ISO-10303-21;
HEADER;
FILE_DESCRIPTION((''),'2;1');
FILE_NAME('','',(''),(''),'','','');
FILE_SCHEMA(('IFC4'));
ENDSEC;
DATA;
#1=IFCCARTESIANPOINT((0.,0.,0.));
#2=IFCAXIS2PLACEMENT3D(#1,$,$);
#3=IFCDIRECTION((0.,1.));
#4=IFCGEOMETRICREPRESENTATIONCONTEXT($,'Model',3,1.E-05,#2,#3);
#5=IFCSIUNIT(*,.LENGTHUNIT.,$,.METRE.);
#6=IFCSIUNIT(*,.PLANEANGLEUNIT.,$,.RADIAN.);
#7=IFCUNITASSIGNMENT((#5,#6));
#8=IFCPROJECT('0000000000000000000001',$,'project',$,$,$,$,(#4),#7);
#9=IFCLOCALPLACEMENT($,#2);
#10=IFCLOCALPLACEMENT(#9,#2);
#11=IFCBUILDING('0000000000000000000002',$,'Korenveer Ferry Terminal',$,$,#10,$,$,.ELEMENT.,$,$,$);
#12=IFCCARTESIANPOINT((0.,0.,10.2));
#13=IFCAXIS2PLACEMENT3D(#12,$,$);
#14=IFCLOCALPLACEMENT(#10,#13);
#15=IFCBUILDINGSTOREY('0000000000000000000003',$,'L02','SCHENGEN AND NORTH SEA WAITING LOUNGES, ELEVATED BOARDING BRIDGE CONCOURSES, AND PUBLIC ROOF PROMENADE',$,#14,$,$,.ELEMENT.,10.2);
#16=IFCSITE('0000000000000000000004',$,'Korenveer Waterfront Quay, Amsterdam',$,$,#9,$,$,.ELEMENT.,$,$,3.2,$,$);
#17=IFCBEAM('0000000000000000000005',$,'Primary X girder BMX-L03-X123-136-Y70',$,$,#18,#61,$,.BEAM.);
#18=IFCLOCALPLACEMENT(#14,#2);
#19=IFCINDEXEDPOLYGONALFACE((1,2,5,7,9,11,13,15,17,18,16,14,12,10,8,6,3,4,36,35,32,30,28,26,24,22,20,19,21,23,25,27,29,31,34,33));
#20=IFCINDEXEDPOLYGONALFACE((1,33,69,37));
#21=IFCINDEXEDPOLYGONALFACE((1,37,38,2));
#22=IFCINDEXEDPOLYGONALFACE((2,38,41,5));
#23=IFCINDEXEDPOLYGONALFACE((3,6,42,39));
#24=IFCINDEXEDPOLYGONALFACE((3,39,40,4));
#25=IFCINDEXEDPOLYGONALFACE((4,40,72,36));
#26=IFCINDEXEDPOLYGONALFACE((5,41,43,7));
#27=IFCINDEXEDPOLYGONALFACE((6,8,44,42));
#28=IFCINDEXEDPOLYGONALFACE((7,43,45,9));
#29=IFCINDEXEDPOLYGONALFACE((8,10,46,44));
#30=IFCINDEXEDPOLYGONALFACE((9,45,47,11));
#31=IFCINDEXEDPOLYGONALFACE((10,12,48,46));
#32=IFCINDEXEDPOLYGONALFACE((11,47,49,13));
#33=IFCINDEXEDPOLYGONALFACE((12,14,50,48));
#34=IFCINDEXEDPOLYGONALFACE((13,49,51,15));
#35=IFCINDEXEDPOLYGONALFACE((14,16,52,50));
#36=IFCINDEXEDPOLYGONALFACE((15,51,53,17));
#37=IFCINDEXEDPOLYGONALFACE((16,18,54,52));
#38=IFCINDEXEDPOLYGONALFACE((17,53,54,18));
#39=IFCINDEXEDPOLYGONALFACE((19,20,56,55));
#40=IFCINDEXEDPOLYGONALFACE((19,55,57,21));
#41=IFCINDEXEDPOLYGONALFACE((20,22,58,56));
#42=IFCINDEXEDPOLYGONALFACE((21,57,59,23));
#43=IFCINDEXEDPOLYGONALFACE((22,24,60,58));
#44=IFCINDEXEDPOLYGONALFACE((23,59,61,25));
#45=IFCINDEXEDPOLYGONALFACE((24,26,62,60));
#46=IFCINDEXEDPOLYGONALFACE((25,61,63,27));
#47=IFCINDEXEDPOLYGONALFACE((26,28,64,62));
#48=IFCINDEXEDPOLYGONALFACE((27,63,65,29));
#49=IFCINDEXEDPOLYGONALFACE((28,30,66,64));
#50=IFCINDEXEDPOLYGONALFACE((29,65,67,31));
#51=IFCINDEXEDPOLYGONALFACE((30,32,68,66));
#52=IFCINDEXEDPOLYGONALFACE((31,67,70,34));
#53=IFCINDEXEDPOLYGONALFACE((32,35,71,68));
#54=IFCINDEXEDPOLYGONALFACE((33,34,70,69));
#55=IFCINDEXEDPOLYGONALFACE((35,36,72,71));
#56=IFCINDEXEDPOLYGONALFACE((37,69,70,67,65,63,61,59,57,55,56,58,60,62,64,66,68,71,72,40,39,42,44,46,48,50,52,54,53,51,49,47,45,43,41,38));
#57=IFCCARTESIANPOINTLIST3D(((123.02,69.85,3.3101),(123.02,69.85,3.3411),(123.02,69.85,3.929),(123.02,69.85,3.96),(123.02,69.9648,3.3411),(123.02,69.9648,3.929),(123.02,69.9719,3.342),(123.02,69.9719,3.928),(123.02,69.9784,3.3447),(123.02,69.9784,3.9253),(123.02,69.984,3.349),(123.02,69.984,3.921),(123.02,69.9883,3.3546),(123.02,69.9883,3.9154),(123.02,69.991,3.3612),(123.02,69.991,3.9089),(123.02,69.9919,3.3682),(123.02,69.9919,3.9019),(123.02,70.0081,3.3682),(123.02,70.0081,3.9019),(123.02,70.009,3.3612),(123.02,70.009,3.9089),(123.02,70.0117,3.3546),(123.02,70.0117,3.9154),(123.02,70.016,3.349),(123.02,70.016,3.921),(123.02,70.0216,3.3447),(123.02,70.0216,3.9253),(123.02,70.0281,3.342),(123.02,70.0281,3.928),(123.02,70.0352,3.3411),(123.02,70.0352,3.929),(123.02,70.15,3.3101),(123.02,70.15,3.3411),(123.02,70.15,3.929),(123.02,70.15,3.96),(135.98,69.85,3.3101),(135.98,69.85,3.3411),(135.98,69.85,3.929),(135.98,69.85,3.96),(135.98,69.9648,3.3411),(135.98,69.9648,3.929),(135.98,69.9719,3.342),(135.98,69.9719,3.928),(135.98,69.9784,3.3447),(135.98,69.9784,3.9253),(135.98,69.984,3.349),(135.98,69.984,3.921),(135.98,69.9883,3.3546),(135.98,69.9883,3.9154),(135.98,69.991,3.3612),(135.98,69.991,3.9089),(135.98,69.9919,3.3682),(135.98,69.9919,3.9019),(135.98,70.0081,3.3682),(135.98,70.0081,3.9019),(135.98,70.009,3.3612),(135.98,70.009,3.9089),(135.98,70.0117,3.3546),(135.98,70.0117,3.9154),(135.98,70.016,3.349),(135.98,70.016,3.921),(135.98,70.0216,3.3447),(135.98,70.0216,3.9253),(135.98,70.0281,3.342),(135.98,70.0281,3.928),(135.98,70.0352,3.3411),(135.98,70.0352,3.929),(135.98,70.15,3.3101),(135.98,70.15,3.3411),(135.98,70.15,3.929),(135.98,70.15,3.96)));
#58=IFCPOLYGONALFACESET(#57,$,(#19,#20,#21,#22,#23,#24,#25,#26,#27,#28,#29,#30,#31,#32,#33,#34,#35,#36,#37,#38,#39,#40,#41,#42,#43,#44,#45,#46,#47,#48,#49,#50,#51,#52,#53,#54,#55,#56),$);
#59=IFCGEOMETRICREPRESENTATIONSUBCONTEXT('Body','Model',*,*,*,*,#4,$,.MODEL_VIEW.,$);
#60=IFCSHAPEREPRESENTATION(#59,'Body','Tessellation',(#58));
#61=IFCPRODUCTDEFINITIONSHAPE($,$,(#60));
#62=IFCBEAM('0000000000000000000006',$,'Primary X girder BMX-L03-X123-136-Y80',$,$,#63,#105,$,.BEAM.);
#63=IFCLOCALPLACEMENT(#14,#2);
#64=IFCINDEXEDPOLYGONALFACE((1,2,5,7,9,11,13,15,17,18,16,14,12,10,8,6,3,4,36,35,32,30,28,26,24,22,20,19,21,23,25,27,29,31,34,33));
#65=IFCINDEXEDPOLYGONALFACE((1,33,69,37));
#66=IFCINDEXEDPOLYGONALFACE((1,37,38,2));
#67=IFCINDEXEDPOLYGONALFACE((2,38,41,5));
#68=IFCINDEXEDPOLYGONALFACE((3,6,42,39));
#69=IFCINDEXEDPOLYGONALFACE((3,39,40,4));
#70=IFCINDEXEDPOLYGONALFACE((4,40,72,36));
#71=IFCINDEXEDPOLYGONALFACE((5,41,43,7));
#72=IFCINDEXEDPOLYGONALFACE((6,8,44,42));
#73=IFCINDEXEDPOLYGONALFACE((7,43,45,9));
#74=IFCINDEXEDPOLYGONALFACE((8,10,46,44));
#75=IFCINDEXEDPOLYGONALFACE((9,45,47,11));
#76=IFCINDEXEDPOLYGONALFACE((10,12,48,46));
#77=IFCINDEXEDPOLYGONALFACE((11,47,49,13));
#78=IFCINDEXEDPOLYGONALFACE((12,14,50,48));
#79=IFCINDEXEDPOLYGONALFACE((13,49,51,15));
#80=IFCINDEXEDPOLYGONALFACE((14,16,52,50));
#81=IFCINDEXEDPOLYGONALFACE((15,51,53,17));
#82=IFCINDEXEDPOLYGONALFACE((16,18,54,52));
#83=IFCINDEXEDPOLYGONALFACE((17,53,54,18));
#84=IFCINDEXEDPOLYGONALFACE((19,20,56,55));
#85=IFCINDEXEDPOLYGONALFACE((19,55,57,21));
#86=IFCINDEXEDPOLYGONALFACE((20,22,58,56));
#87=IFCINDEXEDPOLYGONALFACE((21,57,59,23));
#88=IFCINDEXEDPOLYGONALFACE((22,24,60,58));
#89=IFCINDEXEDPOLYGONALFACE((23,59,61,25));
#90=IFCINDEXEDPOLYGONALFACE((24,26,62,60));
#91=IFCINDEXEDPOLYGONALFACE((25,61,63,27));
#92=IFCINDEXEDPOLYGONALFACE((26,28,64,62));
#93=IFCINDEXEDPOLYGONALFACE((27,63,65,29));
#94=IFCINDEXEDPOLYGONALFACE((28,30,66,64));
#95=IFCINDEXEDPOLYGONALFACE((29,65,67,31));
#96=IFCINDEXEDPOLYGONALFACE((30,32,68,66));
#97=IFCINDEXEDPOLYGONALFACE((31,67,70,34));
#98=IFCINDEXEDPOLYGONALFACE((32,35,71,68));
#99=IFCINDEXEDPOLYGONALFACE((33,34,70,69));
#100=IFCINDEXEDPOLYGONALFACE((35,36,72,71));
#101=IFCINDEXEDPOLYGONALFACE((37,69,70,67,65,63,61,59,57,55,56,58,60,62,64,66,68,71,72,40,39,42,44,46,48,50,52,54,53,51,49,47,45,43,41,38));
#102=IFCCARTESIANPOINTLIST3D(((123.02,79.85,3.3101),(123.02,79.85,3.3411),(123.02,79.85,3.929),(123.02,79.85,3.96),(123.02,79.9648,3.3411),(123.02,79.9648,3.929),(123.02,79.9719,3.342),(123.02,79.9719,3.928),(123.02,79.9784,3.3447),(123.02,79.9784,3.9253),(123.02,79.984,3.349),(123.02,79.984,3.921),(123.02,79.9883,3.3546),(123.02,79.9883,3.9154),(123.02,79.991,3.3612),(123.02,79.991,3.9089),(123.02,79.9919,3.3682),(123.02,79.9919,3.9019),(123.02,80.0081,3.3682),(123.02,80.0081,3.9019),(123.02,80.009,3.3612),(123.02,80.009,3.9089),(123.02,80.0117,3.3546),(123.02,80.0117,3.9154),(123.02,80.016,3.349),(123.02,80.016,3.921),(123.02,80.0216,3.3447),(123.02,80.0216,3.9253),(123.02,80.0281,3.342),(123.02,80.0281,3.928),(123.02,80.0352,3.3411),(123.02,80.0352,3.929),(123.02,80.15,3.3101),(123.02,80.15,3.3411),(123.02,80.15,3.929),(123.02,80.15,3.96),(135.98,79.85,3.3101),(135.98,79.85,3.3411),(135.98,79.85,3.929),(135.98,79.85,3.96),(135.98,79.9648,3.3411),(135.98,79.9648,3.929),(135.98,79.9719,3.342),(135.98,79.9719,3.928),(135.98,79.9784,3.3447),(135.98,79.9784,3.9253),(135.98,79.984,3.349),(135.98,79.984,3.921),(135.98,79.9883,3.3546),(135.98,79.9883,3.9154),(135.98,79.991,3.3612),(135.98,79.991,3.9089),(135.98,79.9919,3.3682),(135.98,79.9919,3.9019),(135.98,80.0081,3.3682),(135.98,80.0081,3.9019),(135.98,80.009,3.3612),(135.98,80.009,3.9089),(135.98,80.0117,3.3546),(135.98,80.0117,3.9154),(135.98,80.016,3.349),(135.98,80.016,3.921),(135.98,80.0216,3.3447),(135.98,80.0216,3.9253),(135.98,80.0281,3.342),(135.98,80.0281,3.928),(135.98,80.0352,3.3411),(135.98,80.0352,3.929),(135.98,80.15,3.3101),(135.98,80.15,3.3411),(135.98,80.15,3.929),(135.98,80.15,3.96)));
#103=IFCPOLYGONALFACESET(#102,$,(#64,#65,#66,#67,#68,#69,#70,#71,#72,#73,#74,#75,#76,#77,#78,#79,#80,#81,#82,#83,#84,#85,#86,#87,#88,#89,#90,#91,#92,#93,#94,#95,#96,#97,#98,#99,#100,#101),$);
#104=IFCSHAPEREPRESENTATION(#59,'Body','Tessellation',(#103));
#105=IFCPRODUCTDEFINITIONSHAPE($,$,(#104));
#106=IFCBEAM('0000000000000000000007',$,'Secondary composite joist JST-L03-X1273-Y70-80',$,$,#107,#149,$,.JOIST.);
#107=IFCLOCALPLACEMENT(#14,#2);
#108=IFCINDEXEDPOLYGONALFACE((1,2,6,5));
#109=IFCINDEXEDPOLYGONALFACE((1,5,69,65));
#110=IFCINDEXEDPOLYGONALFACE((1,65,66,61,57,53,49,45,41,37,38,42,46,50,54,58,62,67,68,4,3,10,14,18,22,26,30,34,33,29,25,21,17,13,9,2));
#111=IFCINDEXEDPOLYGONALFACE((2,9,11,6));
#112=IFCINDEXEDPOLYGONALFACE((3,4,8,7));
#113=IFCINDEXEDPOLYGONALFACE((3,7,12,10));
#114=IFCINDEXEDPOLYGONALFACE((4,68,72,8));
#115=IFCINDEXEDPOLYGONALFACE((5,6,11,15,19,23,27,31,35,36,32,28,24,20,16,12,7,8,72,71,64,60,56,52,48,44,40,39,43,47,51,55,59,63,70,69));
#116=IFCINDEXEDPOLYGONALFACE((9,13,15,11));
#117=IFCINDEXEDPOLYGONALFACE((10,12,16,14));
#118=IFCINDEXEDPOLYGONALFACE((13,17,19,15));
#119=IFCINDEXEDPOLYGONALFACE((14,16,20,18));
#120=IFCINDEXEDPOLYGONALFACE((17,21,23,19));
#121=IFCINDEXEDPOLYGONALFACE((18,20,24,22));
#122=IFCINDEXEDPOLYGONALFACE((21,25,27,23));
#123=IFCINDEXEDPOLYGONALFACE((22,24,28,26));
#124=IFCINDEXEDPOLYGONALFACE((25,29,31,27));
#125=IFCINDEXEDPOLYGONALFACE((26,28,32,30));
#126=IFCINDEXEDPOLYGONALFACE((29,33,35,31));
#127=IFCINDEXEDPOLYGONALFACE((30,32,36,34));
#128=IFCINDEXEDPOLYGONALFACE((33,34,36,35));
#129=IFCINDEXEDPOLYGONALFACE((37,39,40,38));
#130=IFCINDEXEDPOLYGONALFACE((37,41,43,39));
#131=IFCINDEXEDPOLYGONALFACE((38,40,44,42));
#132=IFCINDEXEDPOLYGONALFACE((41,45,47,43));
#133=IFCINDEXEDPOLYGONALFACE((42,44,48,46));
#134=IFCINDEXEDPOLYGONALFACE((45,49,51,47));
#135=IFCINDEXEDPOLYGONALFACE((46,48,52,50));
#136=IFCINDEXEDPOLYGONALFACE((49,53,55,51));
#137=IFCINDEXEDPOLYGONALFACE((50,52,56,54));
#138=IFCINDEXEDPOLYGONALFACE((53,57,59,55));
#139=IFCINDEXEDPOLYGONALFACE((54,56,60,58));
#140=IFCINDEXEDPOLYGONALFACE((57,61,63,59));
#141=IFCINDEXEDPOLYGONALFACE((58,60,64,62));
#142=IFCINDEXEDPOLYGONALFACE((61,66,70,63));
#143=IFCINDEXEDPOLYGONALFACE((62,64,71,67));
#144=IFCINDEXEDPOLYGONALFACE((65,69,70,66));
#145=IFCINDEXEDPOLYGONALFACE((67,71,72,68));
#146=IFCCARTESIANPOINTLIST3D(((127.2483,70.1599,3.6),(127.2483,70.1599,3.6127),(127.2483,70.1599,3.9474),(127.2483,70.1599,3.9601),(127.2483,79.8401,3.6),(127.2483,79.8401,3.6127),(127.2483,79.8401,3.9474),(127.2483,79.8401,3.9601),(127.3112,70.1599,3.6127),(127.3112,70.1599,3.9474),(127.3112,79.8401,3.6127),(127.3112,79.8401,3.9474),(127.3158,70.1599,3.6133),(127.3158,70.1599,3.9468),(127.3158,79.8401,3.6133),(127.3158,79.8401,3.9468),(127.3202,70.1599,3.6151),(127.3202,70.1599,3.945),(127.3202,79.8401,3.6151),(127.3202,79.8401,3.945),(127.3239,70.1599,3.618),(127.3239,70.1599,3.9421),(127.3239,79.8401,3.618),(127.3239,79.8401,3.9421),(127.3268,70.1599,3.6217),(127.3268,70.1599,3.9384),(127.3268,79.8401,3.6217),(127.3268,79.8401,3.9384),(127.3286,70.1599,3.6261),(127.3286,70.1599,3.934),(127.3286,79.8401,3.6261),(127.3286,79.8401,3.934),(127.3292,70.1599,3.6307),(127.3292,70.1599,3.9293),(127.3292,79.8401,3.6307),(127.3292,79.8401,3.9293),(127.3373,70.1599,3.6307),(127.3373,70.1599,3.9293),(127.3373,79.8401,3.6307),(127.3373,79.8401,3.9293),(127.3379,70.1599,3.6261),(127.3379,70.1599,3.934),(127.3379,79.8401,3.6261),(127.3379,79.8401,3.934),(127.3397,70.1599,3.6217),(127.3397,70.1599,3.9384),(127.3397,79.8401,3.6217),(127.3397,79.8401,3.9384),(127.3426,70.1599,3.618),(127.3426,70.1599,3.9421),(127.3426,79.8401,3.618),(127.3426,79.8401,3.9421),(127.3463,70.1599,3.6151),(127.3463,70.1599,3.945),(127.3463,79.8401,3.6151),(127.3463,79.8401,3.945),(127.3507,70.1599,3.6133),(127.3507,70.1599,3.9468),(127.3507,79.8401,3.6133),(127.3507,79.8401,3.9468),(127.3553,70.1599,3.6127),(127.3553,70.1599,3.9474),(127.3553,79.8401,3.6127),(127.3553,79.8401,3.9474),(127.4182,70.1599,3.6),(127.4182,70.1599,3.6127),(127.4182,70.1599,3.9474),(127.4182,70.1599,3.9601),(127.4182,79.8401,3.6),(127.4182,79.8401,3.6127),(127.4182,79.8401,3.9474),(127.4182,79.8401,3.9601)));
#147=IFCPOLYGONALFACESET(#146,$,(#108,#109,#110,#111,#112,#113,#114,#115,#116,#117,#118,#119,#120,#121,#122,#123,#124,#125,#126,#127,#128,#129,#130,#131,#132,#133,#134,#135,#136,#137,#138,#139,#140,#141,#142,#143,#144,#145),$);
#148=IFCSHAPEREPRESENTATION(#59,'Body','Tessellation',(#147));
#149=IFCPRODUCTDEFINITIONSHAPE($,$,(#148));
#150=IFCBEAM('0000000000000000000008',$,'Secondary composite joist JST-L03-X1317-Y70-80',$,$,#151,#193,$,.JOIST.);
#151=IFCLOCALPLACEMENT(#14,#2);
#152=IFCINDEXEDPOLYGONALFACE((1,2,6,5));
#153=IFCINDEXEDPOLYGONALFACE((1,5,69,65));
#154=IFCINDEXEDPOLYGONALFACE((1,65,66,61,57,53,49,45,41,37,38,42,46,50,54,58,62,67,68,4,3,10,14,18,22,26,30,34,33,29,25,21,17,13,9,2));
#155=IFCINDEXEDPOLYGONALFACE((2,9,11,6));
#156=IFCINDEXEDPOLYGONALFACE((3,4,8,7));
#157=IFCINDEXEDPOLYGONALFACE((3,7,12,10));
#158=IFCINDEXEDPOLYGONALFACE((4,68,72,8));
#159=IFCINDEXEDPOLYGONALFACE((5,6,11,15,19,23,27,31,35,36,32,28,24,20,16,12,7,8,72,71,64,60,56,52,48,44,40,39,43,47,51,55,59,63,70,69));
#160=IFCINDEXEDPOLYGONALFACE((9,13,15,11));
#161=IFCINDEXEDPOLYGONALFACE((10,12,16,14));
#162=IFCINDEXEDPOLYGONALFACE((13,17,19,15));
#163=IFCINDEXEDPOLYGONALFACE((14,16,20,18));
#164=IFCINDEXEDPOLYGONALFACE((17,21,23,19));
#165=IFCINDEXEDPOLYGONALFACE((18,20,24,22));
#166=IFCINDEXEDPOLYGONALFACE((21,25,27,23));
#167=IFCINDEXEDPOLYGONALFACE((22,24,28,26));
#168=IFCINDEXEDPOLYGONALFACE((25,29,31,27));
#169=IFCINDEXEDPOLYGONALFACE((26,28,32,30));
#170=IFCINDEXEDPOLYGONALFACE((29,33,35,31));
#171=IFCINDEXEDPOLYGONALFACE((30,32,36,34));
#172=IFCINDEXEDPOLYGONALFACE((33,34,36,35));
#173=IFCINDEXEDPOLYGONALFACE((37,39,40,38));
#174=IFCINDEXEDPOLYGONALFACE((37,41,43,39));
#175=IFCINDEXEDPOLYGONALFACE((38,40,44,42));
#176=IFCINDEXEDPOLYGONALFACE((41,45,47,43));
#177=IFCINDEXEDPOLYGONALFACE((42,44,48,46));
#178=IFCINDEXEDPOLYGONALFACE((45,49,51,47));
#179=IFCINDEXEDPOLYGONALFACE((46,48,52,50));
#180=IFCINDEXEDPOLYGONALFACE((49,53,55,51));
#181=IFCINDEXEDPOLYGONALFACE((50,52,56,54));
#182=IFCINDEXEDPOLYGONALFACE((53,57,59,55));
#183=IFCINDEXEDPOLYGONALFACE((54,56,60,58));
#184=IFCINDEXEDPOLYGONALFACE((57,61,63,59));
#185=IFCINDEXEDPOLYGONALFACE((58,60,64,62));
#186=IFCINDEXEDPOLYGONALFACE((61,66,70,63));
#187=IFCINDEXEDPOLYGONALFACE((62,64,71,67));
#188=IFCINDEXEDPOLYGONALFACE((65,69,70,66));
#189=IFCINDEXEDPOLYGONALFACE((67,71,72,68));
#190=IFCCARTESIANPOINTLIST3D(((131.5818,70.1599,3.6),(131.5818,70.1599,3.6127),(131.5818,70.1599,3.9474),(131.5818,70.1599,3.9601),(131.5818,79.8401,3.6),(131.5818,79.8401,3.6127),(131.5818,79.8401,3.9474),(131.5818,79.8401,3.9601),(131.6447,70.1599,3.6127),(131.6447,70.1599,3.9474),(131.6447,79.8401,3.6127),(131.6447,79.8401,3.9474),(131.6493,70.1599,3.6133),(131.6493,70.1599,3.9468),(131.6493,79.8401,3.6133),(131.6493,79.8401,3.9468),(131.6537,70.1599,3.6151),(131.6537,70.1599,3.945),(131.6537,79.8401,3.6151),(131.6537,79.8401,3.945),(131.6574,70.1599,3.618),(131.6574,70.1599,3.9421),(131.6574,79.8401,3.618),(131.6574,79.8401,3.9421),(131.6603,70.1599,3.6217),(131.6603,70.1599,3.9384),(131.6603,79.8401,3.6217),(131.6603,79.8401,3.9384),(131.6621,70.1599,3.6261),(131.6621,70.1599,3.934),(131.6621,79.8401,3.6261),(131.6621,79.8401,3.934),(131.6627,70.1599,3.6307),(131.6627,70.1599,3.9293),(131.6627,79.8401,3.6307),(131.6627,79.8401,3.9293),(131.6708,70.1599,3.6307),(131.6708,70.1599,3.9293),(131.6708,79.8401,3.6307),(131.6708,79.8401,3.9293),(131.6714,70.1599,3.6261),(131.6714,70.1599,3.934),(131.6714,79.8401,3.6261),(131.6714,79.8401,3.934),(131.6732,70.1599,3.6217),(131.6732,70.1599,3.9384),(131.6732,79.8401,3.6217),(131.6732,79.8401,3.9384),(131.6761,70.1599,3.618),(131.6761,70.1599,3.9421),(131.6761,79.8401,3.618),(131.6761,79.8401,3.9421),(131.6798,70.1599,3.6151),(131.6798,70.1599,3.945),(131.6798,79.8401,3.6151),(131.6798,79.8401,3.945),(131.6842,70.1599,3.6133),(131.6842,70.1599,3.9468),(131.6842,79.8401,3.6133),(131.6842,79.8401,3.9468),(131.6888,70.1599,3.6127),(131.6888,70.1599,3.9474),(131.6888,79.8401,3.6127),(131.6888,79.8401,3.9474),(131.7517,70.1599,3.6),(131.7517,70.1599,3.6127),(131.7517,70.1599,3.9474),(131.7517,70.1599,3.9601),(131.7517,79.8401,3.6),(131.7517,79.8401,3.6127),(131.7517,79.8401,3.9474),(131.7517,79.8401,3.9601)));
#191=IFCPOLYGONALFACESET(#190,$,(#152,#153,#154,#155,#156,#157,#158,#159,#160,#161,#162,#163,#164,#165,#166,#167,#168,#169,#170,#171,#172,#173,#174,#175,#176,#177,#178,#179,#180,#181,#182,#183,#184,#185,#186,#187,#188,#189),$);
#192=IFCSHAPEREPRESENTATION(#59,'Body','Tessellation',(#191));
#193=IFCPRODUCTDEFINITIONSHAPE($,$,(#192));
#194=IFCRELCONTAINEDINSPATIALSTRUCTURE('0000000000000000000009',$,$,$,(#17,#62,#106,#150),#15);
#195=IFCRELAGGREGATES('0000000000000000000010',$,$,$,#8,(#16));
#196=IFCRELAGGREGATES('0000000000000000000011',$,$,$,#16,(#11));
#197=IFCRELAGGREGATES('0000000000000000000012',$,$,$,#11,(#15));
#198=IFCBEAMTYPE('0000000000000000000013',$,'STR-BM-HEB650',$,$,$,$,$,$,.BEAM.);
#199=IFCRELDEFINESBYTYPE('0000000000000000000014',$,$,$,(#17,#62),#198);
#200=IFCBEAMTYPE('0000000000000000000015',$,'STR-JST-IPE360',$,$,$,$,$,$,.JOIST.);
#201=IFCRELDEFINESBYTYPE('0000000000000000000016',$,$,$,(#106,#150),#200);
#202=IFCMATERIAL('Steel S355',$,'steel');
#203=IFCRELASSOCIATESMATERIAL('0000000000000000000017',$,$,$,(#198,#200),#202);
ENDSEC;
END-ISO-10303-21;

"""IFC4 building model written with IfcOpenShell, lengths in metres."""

from ifc_helpers import new_model, si_unit, direction, frame, origin, origin_2d, place, context, subcontext, project, spatial, i_section, extrude, material, material_profile, profile_set, type_object, element, save


model = new_model("IFC4")

# Units and contexts
model_context = context("Model", 3, precision=1e-05, world=origin(), true_north=direction((0.0, 1.0)))
body_context = subcontext(model_context, "Body", "Model", "MODEL_VIEW")
ifc_project = project(units=[si_unit("LENGTHUNIT", "METRE"), si_unit("PLANEANGLEUNIT", "RADIAN")], contexts=[model_context])

# Site, building, storey
site_placement = place(None, origin())
site = spatial("IfcSite", under=ifc_project, at=site_placement, Name="Korenveer Waterfront Quay, Amsterdam", CompositionType="ELEMENT", RefElevation=3.2)
building_placement = place(site_placement, origin())
building = spatial("IfcBuilding", under=site, at=building_placement, Name="Korenveer Ferry Terminal", CompositionType="ELEMENT")
storey_placement = place(building_placement, frame((0.0, 0.0, 10.2)))
storey = spatial("IfcBuildingStorey", under=building, at=storey_placement, Name="L02", Description="SCHENGEN AND NORTH SEA WAITING LOUNGES, ELEVATED BOARDING BRIDGE CONCOURSES, AND PUBLIC ROOF PROMENADE", CompositionType="ELEMENT", Elevation=10.2)

# Shared definitions
ifc_material_1 = material(Name="Steel S355", Category="steel")

# Beams
ifc_material_profile_1 = material_profile(ifc_material_1, i_section(OverallWidth=0.3, OverallDepth=0.6499, WebThickness=0.0161, FlangeThickness=0.031, FilletRadius=0.0271, at=origin_2d()), Name="HEB 650")
ifc_profile_set_1 = profile_set([ifc_material_profile_1], Name="Steel S355")
beam_type_1 = type_object("IfcBeamType", Name="STR-BM-HEB650", PredefinedType="BEAM", material=ifc_profile_set_1)
for number, where, z_axis, x_axis, name in (
    (1, (123.02, 70.0, 3.635), (1.0, 0.0, 0.0), (0.0, 1.0, 0.0), "Primary X girder BMX-L03-X123-136-Y70"),
    (2, (123.02, 80.0, 3.635), (1.0, 0.0, 0.0), (0.0, 1.0, 0.0), "Primary X girder BMX-L03-X123-136-Y80"),
):
    element("IfcBeam", number, at=place(storey_placement, frame(where, z_axis=z_axis, x_axis=x_axis)), inside=storey, type_object=beam_type_1, Name=name, PredefinedType="BEAM", context=body_context, shape_type="SweptSolid", body=[
        extrude(i_section(OverallWidth=0.3, OverallDepth=0.6499, WebThickness=0.0161, FlangeThickness=0.031, FilletRadius=0.0271, at=origin_2d()), origin(), (0.0, 0.0, 1.0), 12.96),
    ])
ifc_material_profile_2 = material_profile(ifc_material_1, i_section(OverallWidth=0.1699, OverallDepth=0.3601, WebThickness=0.0081, FlangeThickness=0.0127, FilletRadius=0.0181, at=origin_2d()), Name="IPE 360")
ifc_profile_set_2 = profile_set([ifc_material_profile_2], Name="Steel S355")
beam_type_2 = type_object("IfcBeamType", Name="STR-JST-IPE360", PredefinedType="JOIST", material=ifc_profile_set_2)
for number, where, z_axis, x_axis, name in (
    (3, (127.3333, 70.1599, 3.78), (0.0, 1.0, 0.0), (-1.0, 0.0, 0.0), "Secondary composite joist JST-L03-X1273-Y70-80"),
    (4, (131.6667, 70.1599, 3.78), (0.0, 1.0, 0.0), (-1.0, 0.0, 0.0), "Secondary composite joist JST-L03-X1317-Y70-80"),
):
    element("IfcBeam", number, at=place(storey_placement, frame(where, z_axis=z_axis, x_axis=x_axis)), inside=storey, type_object=beam_type_2, Name=name, PredefinedType="JOIST", context=body_context, shape_type="SweptSolid", body=[
        extrude(i_section(OverallWidth=0.1699, OverallDepth=0.3601, WebThickness=0.0081, FlangeThickness=0.0127, FilletRadius=0.0181, at=origin_2d()), origin(), (0.0, 0.0, 1.0), 9.6802),
    ])

save(model, "model.ifc")
